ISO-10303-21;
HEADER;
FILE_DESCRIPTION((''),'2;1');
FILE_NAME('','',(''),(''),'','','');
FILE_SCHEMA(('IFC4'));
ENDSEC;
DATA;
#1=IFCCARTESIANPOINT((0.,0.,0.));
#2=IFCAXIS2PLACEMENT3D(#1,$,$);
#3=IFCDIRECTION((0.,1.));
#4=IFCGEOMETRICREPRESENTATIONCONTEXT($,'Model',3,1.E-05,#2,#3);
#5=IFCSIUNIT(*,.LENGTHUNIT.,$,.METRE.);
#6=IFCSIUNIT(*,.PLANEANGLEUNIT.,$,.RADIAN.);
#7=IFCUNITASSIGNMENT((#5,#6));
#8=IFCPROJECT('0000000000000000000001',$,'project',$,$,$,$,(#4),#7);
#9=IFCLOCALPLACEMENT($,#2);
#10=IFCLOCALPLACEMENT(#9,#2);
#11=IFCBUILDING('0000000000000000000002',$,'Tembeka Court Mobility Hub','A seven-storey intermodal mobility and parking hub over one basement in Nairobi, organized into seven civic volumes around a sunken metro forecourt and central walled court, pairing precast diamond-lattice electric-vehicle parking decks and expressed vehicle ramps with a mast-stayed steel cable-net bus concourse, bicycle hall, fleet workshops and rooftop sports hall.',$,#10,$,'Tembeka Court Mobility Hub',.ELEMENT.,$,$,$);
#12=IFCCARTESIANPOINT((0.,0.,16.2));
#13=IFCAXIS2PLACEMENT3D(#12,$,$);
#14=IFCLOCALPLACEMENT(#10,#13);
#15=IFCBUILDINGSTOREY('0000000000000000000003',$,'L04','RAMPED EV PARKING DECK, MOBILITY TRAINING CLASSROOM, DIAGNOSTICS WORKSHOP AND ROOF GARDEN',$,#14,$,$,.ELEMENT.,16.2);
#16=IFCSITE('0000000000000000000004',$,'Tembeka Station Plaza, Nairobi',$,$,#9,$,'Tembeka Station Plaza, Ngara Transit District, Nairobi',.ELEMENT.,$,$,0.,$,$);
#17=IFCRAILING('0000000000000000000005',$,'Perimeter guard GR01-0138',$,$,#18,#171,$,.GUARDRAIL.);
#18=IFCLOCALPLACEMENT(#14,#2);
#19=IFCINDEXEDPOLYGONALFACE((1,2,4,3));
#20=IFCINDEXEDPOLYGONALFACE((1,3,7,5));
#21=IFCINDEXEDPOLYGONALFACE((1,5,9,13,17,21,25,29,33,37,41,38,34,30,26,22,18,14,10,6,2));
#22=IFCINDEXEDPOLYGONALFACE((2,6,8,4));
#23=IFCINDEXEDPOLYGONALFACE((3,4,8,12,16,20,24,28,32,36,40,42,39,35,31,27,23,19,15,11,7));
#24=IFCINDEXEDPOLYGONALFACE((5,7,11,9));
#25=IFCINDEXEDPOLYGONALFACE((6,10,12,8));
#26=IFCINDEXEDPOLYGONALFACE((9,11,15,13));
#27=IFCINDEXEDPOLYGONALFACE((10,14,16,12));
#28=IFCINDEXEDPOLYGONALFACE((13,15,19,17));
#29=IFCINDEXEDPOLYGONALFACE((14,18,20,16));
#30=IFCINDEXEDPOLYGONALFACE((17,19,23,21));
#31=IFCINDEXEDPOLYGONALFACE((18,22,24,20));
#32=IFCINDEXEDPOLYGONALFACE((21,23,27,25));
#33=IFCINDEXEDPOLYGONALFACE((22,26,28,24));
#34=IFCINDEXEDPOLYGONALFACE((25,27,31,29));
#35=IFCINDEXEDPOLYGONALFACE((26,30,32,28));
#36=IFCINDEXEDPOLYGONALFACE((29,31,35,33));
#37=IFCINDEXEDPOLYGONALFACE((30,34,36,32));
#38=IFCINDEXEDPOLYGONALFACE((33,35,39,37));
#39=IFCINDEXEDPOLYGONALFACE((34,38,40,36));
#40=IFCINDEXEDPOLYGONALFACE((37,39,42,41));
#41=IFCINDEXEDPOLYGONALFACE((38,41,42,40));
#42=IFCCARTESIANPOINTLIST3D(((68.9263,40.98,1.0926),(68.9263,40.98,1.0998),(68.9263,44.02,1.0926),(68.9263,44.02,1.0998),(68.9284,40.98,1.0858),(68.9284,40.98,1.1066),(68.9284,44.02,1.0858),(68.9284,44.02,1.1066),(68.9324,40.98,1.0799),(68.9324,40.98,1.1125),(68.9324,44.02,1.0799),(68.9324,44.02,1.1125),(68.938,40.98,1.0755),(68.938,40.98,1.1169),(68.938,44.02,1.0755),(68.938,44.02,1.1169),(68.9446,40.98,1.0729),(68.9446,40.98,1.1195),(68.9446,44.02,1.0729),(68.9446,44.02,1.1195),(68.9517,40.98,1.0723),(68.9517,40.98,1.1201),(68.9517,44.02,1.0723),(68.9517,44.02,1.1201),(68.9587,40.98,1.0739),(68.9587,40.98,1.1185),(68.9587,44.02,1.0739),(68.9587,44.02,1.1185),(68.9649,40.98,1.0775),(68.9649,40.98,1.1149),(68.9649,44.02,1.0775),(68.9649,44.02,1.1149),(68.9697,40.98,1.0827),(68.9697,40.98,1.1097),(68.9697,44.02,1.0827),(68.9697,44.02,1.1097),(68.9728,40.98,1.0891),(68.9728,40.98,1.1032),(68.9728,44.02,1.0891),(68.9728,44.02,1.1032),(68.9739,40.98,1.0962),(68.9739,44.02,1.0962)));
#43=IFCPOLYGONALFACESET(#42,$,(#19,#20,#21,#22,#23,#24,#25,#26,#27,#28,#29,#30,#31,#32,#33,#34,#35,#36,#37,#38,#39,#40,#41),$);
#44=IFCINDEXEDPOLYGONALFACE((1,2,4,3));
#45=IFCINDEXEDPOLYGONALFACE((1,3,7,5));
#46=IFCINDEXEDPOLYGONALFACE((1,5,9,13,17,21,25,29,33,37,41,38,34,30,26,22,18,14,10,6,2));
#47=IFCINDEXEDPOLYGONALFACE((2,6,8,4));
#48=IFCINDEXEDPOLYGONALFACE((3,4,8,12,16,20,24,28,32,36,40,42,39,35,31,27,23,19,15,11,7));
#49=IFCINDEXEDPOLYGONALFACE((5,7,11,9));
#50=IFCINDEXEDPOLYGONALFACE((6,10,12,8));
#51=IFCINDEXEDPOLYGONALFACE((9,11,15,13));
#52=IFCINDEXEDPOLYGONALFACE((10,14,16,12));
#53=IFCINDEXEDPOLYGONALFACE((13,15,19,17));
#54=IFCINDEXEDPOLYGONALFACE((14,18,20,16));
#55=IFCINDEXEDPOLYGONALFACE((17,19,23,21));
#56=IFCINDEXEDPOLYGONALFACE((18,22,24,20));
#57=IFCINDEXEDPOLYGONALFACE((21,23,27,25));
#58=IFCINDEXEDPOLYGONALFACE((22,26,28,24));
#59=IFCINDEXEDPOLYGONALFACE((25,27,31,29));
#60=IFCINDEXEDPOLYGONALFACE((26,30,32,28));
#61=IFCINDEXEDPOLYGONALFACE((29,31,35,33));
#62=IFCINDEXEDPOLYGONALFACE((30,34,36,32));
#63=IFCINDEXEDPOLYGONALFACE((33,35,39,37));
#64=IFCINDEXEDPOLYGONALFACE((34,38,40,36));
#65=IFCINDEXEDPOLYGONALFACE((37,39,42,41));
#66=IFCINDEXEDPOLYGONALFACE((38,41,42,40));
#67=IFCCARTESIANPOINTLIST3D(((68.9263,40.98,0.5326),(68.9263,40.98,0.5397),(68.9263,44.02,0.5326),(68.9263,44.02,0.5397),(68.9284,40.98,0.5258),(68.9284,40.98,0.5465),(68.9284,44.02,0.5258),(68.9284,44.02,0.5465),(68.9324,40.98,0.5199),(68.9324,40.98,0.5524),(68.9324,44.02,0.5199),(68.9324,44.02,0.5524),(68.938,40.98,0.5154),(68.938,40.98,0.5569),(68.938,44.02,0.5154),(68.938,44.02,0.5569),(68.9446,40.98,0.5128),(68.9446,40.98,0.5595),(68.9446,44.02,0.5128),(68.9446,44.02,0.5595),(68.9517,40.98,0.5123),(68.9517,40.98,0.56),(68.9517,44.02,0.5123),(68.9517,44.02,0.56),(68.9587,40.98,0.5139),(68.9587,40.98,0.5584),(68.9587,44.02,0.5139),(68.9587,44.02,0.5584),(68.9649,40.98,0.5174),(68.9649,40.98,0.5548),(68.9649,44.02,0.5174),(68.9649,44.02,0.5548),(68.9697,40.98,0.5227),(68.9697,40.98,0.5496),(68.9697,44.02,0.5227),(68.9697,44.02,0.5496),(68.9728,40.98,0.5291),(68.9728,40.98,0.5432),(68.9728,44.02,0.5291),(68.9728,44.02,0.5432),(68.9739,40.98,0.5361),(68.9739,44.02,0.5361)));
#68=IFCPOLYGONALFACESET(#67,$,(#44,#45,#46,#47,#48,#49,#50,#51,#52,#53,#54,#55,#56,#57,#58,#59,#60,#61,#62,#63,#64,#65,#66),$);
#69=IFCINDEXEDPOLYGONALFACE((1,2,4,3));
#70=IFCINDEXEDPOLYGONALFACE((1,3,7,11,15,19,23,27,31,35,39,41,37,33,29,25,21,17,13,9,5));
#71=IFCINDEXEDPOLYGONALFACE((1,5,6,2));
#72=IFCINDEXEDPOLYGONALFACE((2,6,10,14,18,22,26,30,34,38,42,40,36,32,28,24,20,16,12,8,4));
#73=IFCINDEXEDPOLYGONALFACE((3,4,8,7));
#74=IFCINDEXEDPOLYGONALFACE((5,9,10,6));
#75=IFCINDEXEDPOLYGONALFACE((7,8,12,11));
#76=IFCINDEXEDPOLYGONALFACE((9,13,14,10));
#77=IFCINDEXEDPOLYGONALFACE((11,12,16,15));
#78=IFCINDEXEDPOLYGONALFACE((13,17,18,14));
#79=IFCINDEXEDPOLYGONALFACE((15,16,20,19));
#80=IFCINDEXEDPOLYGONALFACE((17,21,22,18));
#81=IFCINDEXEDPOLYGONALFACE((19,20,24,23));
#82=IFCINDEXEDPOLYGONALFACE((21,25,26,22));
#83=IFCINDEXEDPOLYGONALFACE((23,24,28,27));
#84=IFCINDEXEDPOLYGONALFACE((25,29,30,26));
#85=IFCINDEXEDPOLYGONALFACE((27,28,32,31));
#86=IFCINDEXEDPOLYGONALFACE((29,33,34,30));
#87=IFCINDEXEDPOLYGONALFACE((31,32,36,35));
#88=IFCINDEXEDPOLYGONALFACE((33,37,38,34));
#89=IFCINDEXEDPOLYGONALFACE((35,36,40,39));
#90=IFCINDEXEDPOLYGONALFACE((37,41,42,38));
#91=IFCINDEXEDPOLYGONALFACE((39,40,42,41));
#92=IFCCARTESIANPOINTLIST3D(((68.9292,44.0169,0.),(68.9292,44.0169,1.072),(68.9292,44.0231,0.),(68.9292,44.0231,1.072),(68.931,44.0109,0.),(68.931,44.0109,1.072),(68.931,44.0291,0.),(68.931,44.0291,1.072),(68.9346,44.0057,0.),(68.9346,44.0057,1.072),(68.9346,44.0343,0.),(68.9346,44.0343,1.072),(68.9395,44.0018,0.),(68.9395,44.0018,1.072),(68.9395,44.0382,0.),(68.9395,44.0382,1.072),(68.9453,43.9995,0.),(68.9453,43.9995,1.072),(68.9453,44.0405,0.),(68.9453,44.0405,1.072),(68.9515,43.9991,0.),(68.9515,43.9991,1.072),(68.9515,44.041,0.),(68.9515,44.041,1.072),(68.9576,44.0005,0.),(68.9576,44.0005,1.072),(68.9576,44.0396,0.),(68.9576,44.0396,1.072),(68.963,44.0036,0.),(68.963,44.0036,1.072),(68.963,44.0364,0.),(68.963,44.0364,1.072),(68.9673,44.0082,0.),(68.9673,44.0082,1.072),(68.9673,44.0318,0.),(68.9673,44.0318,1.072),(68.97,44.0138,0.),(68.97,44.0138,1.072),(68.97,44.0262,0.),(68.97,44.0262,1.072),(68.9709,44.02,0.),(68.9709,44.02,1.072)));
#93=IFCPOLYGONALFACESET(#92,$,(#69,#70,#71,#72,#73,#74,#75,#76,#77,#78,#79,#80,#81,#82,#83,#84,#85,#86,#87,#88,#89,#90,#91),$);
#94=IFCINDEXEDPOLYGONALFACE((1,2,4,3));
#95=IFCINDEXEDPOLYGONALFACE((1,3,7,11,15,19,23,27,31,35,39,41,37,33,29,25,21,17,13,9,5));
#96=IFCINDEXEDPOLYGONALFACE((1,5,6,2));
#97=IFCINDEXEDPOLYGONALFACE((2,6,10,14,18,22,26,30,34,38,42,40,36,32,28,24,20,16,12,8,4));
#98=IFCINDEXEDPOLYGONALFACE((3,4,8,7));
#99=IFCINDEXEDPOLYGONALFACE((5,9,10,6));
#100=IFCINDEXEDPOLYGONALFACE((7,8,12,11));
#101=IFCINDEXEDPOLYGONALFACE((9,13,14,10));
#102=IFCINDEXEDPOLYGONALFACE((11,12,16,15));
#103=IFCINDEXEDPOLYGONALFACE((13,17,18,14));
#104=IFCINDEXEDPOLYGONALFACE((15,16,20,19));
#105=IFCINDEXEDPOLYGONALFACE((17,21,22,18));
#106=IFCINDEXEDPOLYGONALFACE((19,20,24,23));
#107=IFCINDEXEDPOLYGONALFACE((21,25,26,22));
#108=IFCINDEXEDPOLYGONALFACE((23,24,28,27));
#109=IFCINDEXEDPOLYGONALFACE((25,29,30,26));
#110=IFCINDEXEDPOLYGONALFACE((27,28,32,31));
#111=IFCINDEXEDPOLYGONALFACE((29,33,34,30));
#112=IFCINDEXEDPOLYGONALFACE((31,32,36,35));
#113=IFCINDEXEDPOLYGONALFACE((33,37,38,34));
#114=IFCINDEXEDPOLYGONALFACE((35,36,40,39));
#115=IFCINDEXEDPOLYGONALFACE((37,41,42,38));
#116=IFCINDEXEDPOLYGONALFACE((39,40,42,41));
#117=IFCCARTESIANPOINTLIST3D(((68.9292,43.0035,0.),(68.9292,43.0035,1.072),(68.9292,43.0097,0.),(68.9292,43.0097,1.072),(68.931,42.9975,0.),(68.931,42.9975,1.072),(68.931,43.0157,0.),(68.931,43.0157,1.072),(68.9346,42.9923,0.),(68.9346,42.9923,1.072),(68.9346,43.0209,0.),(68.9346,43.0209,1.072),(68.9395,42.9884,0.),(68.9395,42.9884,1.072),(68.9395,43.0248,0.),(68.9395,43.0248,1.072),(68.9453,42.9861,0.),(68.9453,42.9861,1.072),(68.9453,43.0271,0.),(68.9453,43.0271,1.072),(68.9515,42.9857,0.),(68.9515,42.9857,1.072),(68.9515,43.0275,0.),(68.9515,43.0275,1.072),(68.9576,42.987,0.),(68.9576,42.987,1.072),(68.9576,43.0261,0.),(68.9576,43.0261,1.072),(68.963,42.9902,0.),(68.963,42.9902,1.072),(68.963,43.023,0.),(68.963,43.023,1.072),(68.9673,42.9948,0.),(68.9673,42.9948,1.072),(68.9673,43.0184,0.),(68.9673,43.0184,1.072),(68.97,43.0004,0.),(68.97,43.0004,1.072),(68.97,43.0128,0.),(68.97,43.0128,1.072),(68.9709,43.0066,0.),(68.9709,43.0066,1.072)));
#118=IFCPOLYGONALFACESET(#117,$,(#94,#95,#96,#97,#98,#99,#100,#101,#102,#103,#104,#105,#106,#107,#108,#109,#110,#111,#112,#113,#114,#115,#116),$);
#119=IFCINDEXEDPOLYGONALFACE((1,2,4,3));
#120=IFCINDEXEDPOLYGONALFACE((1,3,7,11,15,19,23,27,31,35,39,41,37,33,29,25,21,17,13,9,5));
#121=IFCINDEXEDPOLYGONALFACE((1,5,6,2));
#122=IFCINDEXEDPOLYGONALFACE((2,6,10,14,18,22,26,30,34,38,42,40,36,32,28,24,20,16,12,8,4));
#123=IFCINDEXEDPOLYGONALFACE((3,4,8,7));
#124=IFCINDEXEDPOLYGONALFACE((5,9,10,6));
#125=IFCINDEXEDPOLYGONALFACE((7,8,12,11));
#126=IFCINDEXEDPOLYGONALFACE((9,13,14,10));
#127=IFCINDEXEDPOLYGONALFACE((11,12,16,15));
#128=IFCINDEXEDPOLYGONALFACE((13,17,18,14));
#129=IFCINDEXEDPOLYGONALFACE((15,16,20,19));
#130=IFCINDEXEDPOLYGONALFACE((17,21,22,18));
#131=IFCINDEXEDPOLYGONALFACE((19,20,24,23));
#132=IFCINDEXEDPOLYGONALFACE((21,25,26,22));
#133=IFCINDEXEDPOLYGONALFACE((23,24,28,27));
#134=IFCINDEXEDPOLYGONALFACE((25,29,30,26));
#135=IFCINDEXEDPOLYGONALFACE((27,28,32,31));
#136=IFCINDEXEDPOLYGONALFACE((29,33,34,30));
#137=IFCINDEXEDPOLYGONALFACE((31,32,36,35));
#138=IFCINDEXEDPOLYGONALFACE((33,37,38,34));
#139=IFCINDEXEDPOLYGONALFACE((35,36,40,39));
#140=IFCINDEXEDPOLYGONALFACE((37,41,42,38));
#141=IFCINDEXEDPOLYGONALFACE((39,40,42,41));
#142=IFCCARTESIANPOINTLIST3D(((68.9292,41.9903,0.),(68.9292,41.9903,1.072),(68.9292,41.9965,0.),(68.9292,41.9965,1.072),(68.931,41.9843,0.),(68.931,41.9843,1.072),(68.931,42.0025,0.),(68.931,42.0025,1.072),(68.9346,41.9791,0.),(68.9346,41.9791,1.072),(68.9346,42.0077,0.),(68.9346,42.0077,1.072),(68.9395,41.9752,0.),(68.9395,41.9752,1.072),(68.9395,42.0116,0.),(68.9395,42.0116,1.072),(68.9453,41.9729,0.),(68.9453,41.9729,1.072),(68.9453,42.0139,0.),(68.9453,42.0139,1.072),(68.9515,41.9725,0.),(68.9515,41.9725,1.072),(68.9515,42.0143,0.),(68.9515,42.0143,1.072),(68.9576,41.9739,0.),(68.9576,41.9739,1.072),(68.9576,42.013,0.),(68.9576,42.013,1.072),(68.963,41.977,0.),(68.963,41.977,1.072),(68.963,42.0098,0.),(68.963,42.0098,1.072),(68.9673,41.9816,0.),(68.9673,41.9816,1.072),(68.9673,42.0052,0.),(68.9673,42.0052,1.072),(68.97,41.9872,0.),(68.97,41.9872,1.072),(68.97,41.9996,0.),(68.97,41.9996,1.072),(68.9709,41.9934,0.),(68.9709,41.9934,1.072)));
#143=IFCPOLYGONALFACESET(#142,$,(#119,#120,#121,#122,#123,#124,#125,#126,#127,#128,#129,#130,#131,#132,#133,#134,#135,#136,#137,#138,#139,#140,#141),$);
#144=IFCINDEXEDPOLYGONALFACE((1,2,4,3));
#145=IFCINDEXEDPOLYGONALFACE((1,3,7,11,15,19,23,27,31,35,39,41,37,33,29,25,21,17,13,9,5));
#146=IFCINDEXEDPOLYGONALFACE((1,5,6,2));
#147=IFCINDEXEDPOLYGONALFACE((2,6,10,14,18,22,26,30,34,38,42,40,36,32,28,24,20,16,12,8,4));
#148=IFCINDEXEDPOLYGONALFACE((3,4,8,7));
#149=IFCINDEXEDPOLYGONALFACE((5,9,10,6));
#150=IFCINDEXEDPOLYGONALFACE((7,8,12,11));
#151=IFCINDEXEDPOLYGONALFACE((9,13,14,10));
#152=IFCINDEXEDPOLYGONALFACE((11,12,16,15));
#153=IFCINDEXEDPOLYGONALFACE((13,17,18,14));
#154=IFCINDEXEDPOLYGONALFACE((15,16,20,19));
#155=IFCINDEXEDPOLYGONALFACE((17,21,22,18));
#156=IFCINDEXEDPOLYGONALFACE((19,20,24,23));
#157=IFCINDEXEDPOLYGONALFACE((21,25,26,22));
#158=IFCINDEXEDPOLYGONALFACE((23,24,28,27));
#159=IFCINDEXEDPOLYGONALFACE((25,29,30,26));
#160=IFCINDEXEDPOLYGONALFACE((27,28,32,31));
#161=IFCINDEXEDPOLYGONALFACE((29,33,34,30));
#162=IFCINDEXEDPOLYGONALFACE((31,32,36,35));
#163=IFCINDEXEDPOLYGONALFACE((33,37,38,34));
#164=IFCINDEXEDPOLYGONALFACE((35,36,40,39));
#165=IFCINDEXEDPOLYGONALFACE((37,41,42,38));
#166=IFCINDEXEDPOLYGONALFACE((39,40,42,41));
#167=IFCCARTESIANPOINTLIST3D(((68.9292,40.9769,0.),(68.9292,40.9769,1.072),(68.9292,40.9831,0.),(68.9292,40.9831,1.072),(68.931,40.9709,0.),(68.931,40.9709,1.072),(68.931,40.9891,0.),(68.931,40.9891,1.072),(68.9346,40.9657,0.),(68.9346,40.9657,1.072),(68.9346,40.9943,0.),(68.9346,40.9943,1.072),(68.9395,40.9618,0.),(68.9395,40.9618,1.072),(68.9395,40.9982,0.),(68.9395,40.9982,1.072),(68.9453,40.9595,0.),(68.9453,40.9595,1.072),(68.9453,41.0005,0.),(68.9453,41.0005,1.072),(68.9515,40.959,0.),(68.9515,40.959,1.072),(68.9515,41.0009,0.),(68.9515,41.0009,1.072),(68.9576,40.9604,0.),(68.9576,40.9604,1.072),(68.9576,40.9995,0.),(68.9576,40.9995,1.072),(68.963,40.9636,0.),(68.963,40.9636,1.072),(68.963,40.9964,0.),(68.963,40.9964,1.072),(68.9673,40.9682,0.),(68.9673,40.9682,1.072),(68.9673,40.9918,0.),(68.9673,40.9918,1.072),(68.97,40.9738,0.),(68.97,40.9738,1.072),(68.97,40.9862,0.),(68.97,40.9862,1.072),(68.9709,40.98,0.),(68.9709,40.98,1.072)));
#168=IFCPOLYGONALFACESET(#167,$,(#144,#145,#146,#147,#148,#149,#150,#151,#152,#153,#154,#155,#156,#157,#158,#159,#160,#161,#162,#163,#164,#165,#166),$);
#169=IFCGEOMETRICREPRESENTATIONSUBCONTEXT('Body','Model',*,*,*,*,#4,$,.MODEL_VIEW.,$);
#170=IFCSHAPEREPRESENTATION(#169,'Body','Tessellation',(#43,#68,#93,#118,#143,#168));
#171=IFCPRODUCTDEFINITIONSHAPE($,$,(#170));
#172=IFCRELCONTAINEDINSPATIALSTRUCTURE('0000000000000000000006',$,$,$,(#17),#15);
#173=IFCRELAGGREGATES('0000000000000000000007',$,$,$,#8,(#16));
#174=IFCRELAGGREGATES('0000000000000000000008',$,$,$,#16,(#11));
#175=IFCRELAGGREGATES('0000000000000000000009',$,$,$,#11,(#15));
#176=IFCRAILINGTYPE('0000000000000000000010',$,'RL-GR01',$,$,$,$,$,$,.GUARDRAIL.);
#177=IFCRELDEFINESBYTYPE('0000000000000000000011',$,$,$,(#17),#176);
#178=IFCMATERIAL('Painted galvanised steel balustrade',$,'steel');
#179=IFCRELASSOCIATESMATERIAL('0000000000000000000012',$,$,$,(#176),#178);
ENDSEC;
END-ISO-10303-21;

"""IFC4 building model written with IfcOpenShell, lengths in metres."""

from ifc_helpers import new_model, si_unit, direction, frame, origin, origin_2d, place, context, subcontext, project, spatial, circle, extrude, material, type_object, element, save


model = new_model("IFC4")

# Units and contexts
model_context = context("Model", 3, precision=1e-05, world=origin(), true_north=direction((0.0, 1.0)))
body_context = subcontext(model_context, "Body", "Model", "MODEL_VIEW")
ifc_project = project(units=[si_unit("LENGTHUNIT", "METRE"), si_unit("PLANEANGLEUNIT", "RADIAN")], contexts=[model_context])

# Site, building, storey
site_placement = place(None, origin())
site = spatial("IfcSite", under=ifc_project, at=site_placement, Name="Tembeka Station Plaza, Nairobi", LongName="Tembeka Station Plaza, Ngara Transit District, Nairobi", CompositionType="ELEMENT", RefElevation=0.0)
building_placement = place(site_placement, origin())
building = spatial("IfcBuilding", under=site, at=building_placement, Name="Tembeka Court Mobility Hub", Description="A seven-storey intermodal mobility and parking hub over one basement in Nairobi, organized into seven civic volumes around a sunken metro forecourt and central walled court, pairing precast diamond-lattice electric-vehicle parking decks and expressed vehicle ramps with a mast-stayed steel cable-net bus concourse, bicycle hall, fleet workshops and rooftop sports hall.", LongName="Tembeka Court Mobility Hub", CompositionType="ELEMENT")
storey_placement = place(building_placement, frame((0.0, 0.0, 16.2)))
storey = spatial("IfcBuildingStorey", under=building, at=storey_placement, Name="L04", Description="RAMPED EV PARKING DECK, MOBILITY TRAINING CLASSROOM, DIAGNOSTICS WORKSHOP AND ROOF GARDEN", CompositionType="ELEMENT", Elevation=16.2)

# Railing
ifc_material_1 = material(Name="Painted galvanised steel balustrade", Category="steel")
railing_type = type_object("IfcRailingType", Name="RL-GR01", PredefinedType="GUARDRAIL", material=ifc_material_1)
railing_1_placement = place(storey_placement, frame((68.95, 44.02, 0.0)))
element("IfcRailing", 1, at=railing_1_placement, inside=storey, type_object=railing_type, Name="Perimeter guard GR01-0138", PredefinedType="GUARDRAIL", context=body_context, shape_type="SweptSolid", body=[
    extrude(circle(Radius=0.0239, at=origin_2d()), frame((0.0, 0.0, 1.0962), z_axis=(0.0, -1.0, 0.0), x_axis=(1.0, 0.0, 0.0)), (0.0, 0.0, 1.0), 3.04),
    extrude(circle(Radius=0.0239, at=origin_2d()), frame((0.0, 0.0, 0.5361), z_axis=(0.0, -1.0, 0.0), x_axis=(1.0, 0.0, 0.0)), (0.0, 0.0, 1.0), 3.04),
    extrude(circle(Radius=0.021, at=origin_2d()), origin(), (0.0, 0.0, 1.0), 1.072),
    extrude(circle(Radius=0.021, at=origin_2d()), frame((0.0, -1.0134, 0.0)), (0.0, 0.0, 1.0), 1.072),
    extrude(circle(Radius=0.021, at=origin_2d()), frame((0.0, -2.0266, 0.0)), (0.0, 0.0, 1.0), 1.072),
    extrude(circle(Radius=0.021, at=origin_2d()), frame((0.0, -3.04, 0.0)), (0.0, 0.0, 1.0), 1.072),
])

save(model, "model.ifc")
